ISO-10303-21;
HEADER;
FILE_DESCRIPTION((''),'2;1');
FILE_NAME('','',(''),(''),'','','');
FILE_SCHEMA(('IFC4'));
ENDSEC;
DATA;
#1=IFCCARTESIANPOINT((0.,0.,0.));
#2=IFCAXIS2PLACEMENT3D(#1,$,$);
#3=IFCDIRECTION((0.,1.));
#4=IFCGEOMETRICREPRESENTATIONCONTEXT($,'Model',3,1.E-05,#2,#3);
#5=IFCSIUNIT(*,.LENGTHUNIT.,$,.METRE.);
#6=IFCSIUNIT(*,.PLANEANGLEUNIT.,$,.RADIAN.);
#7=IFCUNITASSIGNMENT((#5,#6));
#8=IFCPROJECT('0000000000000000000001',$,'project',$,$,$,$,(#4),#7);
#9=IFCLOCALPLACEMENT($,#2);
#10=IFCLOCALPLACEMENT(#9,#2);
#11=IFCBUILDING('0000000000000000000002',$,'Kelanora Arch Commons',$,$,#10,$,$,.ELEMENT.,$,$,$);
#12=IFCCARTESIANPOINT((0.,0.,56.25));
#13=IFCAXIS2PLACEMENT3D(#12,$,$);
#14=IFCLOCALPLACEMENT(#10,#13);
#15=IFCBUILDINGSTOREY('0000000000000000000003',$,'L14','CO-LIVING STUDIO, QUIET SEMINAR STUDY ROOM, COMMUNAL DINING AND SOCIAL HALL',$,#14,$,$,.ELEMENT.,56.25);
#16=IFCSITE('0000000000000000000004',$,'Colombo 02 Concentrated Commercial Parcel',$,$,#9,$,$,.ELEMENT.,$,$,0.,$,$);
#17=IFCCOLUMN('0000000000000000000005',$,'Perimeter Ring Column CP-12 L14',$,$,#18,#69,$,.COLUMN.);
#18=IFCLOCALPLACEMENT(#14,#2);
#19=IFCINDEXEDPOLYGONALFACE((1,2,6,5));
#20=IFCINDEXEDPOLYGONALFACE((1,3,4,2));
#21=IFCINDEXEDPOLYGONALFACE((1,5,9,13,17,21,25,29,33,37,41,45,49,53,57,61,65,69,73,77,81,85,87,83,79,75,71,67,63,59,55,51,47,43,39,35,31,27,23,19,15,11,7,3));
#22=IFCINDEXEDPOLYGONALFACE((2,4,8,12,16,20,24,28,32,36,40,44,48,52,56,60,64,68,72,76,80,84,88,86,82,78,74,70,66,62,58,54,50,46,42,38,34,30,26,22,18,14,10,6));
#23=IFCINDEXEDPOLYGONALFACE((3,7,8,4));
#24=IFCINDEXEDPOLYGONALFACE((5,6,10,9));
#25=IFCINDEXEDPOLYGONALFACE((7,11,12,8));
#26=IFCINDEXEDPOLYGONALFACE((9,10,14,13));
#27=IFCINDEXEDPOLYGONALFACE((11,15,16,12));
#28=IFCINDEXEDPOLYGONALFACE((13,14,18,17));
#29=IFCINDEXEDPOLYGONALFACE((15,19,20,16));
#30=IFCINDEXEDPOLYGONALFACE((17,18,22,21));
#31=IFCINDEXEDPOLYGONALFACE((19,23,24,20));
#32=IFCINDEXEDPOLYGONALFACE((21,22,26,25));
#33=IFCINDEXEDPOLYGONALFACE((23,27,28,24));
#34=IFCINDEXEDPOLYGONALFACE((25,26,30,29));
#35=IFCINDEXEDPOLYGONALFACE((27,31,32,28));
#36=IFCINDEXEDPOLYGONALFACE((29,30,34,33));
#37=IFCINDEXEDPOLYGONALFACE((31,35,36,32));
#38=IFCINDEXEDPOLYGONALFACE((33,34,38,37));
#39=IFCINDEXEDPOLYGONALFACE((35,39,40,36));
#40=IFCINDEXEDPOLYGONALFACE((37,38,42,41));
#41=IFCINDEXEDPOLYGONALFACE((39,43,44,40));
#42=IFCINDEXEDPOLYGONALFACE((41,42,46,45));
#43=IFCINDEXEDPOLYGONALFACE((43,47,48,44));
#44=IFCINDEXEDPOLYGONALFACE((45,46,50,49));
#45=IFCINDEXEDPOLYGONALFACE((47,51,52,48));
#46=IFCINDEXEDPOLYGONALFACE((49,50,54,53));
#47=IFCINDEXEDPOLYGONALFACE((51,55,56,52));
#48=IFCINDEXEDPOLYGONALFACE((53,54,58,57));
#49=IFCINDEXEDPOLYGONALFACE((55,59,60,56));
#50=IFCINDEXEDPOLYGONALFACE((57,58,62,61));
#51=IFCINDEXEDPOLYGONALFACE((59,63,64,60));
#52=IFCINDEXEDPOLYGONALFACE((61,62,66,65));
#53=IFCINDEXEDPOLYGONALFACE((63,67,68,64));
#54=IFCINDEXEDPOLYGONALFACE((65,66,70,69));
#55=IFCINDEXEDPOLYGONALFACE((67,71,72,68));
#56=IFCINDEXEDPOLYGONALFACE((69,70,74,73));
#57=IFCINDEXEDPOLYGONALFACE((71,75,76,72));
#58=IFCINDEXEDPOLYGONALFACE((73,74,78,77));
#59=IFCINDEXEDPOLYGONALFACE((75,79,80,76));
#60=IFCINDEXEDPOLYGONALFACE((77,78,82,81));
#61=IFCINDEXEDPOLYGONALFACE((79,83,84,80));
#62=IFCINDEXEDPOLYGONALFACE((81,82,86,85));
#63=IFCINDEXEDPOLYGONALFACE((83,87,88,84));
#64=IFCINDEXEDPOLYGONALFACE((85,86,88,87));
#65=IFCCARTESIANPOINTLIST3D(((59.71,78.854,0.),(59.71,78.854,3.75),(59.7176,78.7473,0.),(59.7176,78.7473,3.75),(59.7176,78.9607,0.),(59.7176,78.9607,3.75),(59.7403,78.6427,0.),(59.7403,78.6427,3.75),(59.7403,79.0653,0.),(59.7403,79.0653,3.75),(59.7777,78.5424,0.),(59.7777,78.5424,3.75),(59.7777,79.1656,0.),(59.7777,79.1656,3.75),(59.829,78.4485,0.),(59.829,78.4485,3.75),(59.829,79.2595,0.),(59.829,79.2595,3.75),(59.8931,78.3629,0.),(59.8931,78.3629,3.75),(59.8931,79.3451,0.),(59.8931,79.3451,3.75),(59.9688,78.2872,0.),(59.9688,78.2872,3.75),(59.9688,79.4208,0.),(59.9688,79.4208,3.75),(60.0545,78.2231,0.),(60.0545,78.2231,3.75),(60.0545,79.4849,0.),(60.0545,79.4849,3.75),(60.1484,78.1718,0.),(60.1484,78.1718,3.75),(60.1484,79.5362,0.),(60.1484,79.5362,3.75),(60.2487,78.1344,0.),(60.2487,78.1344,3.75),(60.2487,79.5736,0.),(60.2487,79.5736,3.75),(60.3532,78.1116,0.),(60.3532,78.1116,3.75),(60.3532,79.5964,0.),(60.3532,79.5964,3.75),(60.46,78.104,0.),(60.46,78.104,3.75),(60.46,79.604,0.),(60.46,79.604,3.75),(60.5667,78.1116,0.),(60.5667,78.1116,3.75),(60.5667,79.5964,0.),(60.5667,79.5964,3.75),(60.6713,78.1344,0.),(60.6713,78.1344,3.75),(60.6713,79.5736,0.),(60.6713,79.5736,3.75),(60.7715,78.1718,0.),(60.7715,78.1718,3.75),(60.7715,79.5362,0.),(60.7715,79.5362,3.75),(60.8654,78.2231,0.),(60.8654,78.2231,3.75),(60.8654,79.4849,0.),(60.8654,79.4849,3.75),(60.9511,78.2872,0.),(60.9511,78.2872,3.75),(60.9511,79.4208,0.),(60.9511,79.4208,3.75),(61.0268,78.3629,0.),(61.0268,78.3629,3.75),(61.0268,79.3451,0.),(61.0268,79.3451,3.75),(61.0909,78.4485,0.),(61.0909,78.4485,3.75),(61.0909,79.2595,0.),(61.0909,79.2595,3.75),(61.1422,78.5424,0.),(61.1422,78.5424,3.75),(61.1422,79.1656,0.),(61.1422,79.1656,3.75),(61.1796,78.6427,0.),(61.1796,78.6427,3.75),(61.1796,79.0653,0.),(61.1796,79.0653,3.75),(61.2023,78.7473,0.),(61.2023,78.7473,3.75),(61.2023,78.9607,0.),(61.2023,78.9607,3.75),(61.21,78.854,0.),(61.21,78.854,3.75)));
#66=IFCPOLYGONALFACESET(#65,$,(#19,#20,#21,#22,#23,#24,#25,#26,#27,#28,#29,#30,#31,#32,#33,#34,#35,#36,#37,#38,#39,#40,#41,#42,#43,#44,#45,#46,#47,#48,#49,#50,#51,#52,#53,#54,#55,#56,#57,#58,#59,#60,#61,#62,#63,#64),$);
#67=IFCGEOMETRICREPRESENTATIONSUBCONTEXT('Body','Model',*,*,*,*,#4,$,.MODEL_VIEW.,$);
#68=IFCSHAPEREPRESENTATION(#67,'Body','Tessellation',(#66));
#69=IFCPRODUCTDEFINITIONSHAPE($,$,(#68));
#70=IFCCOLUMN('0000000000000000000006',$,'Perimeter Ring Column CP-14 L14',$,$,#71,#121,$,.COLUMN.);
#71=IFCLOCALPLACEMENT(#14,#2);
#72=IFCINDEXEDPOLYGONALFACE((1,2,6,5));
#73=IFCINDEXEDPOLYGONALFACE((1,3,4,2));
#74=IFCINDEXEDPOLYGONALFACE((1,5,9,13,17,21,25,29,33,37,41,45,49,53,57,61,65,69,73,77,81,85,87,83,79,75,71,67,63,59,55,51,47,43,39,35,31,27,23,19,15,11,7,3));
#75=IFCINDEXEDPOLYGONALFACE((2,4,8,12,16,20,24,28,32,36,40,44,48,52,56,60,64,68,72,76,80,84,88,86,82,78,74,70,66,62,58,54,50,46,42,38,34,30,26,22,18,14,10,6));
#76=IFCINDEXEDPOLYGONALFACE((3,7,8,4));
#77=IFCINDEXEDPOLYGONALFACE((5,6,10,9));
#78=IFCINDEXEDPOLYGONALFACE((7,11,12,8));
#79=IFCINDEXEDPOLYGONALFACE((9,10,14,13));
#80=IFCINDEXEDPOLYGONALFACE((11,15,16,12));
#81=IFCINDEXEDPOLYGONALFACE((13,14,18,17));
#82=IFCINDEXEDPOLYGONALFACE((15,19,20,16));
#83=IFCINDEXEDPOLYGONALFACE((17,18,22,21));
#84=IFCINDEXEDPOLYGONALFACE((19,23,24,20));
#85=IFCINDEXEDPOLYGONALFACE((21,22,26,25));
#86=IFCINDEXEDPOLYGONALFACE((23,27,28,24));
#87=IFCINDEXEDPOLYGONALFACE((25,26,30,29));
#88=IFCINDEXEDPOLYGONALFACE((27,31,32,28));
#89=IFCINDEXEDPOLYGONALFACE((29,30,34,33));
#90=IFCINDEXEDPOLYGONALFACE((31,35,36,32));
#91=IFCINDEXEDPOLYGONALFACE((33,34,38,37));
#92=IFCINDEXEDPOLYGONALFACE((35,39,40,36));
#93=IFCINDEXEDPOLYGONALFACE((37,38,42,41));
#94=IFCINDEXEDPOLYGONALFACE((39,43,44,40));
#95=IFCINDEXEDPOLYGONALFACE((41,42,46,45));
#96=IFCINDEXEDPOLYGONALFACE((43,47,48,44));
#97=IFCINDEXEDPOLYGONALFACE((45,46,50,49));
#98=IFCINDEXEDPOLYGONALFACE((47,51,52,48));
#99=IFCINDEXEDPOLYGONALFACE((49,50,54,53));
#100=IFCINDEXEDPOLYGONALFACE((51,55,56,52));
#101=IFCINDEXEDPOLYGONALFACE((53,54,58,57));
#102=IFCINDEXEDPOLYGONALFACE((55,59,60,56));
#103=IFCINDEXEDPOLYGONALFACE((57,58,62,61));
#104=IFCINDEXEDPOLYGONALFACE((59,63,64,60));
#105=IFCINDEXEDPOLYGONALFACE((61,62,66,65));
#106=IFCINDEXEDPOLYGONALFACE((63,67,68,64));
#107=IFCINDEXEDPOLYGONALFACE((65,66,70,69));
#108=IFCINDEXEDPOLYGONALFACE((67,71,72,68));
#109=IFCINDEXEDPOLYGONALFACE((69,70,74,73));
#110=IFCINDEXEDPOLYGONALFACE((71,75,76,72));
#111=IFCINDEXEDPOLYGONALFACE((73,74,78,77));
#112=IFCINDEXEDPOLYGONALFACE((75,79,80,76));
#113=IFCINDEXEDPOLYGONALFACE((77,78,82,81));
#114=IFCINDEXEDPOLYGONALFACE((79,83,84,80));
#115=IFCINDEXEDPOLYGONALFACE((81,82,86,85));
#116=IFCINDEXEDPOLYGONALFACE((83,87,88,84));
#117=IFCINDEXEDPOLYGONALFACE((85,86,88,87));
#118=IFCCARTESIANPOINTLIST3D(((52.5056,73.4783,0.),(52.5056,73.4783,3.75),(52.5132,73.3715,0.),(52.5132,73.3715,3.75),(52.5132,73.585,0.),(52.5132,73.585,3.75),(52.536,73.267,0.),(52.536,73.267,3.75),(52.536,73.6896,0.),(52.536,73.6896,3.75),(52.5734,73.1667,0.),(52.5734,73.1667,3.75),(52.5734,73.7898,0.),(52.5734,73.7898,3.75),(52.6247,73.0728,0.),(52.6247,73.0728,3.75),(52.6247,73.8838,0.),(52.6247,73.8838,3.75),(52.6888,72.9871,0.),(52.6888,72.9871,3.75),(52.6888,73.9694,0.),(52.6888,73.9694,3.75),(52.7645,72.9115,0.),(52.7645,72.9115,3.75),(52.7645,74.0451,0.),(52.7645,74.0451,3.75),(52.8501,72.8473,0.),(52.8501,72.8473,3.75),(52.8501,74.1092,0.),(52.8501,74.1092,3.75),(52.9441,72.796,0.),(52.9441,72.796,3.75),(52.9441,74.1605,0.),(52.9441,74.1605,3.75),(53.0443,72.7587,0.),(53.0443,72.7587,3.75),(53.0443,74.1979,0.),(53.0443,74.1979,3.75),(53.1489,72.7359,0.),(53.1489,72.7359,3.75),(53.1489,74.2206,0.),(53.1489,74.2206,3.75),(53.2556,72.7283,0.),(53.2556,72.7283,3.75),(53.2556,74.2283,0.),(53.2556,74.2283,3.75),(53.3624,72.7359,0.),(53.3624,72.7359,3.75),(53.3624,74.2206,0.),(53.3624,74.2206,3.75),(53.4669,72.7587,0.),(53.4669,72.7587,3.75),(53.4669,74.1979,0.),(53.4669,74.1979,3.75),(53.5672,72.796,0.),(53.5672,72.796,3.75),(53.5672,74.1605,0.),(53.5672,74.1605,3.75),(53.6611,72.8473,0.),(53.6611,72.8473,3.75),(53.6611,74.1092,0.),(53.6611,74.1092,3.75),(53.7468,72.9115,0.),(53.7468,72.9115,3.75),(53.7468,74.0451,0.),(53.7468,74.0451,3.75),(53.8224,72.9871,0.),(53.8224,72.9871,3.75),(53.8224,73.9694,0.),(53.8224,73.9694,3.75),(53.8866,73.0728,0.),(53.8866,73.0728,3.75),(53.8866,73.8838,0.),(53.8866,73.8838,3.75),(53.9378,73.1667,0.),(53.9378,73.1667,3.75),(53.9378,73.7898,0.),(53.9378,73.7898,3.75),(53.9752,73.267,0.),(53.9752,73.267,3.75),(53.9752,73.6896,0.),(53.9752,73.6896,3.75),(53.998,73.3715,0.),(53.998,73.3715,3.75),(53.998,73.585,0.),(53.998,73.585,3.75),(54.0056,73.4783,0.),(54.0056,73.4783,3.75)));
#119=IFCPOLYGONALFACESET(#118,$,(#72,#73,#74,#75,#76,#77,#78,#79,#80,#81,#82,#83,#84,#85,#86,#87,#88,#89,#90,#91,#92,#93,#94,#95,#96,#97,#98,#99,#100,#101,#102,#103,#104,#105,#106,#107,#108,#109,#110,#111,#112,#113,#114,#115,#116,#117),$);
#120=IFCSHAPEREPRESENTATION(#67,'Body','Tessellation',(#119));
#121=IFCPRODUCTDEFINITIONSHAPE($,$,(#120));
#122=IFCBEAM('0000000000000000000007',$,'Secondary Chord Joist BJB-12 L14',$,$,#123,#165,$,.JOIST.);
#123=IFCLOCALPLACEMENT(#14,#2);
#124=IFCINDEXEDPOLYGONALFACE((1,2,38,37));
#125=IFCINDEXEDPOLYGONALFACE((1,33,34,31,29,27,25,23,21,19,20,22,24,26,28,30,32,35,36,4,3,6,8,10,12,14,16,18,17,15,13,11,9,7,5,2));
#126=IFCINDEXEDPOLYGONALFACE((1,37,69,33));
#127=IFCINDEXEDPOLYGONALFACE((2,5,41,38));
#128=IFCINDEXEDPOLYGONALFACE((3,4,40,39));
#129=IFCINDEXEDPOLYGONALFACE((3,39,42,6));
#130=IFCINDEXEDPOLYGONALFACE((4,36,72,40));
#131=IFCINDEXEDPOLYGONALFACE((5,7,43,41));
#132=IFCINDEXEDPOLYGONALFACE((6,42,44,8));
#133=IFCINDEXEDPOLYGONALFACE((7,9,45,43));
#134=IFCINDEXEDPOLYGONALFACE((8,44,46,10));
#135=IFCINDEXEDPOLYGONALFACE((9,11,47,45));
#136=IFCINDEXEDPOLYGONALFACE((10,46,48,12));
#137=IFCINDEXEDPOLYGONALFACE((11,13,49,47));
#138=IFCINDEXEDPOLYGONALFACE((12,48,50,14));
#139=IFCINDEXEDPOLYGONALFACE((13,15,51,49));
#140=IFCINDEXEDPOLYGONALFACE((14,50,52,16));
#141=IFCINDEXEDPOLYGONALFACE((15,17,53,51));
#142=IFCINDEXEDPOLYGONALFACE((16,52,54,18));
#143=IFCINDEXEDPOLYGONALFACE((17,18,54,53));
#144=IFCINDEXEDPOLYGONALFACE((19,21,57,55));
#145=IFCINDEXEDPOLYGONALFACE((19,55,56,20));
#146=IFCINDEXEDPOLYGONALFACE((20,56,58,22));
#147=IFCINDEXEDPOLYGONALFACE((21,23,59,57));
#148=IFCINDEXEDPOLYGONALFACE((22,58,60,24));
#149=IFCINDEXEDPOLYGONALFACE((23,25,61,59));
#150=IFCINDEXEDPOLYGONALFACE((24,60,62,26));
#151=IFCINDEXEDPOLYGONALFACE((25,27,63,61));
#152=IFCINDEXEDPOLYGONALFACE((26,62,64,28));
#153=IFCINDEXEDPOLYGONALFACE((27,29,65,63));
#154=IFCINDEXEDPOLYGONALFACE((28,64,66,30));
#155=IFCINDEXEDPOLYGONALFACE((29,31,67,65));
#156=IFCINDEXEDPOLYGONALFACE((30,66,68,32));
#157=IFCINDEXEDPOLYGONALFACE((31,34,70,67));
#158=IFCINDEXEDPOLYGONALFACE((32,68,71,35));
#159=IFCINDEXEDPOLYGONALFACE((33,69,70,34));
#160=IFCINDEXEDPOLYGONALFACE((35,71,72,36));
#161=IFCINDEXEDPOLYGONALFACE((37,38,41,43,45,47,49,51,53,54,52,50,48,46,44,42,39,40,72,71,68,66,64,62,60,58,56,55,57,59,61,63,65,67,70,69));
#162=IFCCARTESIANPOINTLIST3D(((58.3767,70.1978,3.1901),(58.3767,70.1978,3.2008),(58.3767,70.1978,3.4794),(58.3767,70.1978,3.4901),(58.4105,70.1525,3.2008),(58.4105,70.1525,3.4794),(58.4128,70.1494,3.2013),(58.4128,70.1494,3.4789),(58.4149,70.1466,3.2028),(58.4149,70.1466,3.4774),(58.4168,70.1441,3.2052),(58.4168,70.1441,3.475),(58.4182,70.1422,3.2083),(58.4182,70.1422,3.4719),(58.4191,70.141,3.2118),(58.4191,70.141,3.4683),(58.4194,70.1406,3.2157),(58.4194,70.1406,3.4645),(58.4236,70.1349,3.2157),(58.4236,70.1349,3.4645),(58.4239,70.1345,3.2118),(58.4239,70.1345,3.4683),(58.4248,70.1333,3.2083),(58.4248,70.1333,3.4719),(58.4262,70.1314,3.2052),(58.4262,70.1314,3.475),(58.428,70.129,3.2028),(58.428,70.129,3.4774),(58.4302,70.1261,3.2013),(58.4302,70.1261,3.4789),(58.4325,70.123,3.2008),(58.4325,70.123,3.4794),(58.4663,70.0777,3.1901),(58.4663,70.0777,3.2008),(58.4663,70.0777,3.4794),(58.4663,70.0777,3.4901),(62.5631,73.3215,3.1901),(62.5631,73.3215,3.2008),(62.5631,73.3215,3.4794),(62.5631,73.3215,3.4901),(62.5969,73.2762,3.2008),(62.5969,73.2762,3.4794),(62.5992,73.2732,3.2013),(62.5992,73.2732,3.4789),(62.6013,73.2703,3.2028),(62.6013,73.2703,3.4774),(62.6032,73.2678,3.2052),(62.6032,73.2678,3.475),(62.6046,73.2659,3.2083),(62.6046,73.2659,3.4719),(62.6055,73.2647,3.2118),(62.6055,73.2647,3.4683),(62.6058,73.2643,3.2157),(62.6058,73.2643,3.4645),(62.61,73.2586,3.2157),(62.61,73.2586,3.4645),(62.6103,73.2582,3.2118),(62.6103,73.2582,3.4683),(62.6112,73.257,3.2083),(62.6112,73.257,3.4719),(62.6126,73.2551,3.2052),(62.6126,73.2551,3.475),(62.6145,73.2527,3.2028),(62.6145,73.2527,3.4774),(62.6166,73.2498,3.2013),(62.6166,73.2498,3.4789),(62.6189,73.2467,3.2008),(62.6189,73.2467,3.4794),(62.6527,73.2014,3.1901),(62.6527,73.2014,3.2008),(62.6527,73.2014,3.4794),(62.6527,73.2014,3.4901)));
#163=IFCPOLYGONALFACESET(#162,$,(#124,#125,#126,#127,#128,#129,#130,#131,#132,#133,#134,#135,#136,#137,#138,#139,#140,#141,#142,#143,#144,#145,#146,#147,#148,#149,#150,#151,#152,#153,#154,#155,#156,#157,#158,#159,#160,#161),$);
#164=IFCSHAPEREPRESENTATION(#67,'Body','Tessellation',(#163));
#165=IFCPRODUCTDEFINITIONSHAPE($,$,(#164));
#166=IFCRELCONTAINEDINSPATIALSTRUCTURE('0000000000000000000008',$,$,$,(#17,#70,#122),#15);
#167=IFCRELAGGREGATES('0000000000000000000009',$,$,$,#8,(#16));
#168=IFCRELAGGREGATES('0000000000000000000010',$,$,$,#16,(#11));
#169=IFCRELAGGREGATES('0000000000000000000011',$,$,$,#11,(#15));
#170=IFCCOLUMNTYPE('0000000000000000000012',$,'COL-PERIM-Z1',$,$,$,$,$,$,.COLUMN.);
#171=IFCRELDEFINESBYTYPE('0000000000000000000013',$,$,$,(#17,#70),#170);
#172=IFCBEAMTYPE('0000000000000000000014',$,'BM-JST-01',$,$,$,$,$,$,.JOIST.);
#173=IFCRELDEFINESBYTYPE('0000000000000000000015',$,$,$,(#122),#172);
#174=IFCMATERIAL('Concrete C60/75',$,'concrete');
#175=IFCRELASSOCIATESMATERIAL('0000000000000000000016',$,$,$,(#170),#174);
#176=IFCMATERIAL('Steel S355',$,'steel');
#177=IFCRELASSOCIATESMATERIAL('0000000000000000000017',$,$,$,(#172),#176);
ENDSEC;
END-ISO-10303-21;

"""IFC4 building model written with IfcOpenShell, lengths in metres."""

from ifc_helpers import new_model, si_unit, direction, frame, origin, origin_2d, place, context, subcontext, project, spatial, circle, i_section, extrude, material, material_profile, profile_set, type_object, element, save


model = new_model("IFC4")

# Units and contexts
model_context = context("Model", 3, precision=1e-05, world=origin(), true_north=direction((0.0, 1.0)))
body_context = subcontext(model_context, "Body", "Model", "MODEL_VIEW")
ifc_project = project(units=[si_unit("LENGTHUNIT", "METRE"), si_unit("PLANEANGLEUNIT", "RADIAN")], contexts=[model_context])

# Site, building, storey
site_placement = place(None, origin())
site = spatial("IfcSite", under=ifc_project, at=site_placement, Name="Colombo 02 Concentrated Commercial Parcel", CompositionType="ELEMENT", RefElevation=0.0)
building_placement = place(site_placement, origin())
building = spatial("IfcBuilding", under=site, at=building_placement, Name="Kelanora Arch Commons", CompositionType="ELEMENT")
storey_placement = place(building_placement, frame((0.0, 0.0, 56.25)))
storey = spatial("IfcBuildingStorey", under=building, at=storey_placement, Name="L14", Description="CO-LIVING STUDIO, QUIET SEMINAR STUDY ROOM, COMMUNAL DINING AND SOCIAL HALL", CompositionType="ELEMENT", Elevation=56.25)

# Columns
ifc_material_1 = material(Name="Concrete C60/75", Category="concrete")
ifc_material_profile_1 = material_profile(ifc_material_1, circle(Radius=0.75, at=origin_2d()), Name="RCC1500")
ifc_profile_set_1 = profile_set([ifc_material_profile_1], Name="Concrete C60/75")
column_type = type_object("IfcColumnType", Name="COL-PERIM-Z1", PredefinedType="COLUMN", material=ifc_profile_set_1)
for number, where, z_axis, x_axis, name in (
    (1, (60.46, 78.854, 0.0), (0.0, 0.0, 1.0), (1.0, 0.0, 0.0), "Perimeter Ring Column CP-12 L14"),
    (2, (53.2556, 73.4783, 0.0), (0.0, 0.0, 1.0), (1.0, 0.0, 0.0), "Perimeter Ring Column CP-14 L14"),
):
    element("IfcColumn", number, at=place(storey_placement, frame(where, z_axis=z_axis, x_axis=x_axis)), inside=storey, type_object=column_type, Name=name, PredefinedType="COLUMN", context=body_context, shape_type="SweptSolid", body=[
        extrude(circle(Radius=0.75, at=origin_2d()), origin(), (0.0, 0.0, 1.0), 3.75),
    ])

# Beam
ifc_material_2 = material(Name="Steel S355", Category="steel")
ifc_material_profile_2 = material_profile(ifc_material_2, i_section(OverallWidth=0.1499, OverallDepth=0.3, WebThickness=0.0071, FlangeThickness=0.0107, FilletRadius=0.0149, at=origin_2d()), Name="IPE300")
ifc_profile_set_2 = profile_set([ifc_material_profile_2], Name="Steel S355")
beam_type_1 = type_object("IfcBeamType", Name="BM-JST-01", PredefinedType="JOIST", material=ifc_profile_set_2)
beam_1_placement = place(storey_placement, frame((62.6079, 73.2615, 3.3401), z_axis=(-0.801478, -0.598024, 0.0), x_axis=(0.598024, -0.801478, 0.0)))
element("IfcBeam", 3, at=beam_1_placement, inside=storey, type_object=beam_type_1, Name="Secondary Chord Joist BJB-12 L14", PredefinedType="JOIST", context=body_context, shape_type="SweptSolid", body=[
    extrude(i_section(OverallWidth=0.1499, OverallDepth=0.3, WebThickness=0.0071, FlangeThickness=0.0107, FilletRadius=0.0149, at=origin_2d()), origin(), (0.0, 0.0, 1.0), 5.2234),
])

save(model, "model.ifc")
